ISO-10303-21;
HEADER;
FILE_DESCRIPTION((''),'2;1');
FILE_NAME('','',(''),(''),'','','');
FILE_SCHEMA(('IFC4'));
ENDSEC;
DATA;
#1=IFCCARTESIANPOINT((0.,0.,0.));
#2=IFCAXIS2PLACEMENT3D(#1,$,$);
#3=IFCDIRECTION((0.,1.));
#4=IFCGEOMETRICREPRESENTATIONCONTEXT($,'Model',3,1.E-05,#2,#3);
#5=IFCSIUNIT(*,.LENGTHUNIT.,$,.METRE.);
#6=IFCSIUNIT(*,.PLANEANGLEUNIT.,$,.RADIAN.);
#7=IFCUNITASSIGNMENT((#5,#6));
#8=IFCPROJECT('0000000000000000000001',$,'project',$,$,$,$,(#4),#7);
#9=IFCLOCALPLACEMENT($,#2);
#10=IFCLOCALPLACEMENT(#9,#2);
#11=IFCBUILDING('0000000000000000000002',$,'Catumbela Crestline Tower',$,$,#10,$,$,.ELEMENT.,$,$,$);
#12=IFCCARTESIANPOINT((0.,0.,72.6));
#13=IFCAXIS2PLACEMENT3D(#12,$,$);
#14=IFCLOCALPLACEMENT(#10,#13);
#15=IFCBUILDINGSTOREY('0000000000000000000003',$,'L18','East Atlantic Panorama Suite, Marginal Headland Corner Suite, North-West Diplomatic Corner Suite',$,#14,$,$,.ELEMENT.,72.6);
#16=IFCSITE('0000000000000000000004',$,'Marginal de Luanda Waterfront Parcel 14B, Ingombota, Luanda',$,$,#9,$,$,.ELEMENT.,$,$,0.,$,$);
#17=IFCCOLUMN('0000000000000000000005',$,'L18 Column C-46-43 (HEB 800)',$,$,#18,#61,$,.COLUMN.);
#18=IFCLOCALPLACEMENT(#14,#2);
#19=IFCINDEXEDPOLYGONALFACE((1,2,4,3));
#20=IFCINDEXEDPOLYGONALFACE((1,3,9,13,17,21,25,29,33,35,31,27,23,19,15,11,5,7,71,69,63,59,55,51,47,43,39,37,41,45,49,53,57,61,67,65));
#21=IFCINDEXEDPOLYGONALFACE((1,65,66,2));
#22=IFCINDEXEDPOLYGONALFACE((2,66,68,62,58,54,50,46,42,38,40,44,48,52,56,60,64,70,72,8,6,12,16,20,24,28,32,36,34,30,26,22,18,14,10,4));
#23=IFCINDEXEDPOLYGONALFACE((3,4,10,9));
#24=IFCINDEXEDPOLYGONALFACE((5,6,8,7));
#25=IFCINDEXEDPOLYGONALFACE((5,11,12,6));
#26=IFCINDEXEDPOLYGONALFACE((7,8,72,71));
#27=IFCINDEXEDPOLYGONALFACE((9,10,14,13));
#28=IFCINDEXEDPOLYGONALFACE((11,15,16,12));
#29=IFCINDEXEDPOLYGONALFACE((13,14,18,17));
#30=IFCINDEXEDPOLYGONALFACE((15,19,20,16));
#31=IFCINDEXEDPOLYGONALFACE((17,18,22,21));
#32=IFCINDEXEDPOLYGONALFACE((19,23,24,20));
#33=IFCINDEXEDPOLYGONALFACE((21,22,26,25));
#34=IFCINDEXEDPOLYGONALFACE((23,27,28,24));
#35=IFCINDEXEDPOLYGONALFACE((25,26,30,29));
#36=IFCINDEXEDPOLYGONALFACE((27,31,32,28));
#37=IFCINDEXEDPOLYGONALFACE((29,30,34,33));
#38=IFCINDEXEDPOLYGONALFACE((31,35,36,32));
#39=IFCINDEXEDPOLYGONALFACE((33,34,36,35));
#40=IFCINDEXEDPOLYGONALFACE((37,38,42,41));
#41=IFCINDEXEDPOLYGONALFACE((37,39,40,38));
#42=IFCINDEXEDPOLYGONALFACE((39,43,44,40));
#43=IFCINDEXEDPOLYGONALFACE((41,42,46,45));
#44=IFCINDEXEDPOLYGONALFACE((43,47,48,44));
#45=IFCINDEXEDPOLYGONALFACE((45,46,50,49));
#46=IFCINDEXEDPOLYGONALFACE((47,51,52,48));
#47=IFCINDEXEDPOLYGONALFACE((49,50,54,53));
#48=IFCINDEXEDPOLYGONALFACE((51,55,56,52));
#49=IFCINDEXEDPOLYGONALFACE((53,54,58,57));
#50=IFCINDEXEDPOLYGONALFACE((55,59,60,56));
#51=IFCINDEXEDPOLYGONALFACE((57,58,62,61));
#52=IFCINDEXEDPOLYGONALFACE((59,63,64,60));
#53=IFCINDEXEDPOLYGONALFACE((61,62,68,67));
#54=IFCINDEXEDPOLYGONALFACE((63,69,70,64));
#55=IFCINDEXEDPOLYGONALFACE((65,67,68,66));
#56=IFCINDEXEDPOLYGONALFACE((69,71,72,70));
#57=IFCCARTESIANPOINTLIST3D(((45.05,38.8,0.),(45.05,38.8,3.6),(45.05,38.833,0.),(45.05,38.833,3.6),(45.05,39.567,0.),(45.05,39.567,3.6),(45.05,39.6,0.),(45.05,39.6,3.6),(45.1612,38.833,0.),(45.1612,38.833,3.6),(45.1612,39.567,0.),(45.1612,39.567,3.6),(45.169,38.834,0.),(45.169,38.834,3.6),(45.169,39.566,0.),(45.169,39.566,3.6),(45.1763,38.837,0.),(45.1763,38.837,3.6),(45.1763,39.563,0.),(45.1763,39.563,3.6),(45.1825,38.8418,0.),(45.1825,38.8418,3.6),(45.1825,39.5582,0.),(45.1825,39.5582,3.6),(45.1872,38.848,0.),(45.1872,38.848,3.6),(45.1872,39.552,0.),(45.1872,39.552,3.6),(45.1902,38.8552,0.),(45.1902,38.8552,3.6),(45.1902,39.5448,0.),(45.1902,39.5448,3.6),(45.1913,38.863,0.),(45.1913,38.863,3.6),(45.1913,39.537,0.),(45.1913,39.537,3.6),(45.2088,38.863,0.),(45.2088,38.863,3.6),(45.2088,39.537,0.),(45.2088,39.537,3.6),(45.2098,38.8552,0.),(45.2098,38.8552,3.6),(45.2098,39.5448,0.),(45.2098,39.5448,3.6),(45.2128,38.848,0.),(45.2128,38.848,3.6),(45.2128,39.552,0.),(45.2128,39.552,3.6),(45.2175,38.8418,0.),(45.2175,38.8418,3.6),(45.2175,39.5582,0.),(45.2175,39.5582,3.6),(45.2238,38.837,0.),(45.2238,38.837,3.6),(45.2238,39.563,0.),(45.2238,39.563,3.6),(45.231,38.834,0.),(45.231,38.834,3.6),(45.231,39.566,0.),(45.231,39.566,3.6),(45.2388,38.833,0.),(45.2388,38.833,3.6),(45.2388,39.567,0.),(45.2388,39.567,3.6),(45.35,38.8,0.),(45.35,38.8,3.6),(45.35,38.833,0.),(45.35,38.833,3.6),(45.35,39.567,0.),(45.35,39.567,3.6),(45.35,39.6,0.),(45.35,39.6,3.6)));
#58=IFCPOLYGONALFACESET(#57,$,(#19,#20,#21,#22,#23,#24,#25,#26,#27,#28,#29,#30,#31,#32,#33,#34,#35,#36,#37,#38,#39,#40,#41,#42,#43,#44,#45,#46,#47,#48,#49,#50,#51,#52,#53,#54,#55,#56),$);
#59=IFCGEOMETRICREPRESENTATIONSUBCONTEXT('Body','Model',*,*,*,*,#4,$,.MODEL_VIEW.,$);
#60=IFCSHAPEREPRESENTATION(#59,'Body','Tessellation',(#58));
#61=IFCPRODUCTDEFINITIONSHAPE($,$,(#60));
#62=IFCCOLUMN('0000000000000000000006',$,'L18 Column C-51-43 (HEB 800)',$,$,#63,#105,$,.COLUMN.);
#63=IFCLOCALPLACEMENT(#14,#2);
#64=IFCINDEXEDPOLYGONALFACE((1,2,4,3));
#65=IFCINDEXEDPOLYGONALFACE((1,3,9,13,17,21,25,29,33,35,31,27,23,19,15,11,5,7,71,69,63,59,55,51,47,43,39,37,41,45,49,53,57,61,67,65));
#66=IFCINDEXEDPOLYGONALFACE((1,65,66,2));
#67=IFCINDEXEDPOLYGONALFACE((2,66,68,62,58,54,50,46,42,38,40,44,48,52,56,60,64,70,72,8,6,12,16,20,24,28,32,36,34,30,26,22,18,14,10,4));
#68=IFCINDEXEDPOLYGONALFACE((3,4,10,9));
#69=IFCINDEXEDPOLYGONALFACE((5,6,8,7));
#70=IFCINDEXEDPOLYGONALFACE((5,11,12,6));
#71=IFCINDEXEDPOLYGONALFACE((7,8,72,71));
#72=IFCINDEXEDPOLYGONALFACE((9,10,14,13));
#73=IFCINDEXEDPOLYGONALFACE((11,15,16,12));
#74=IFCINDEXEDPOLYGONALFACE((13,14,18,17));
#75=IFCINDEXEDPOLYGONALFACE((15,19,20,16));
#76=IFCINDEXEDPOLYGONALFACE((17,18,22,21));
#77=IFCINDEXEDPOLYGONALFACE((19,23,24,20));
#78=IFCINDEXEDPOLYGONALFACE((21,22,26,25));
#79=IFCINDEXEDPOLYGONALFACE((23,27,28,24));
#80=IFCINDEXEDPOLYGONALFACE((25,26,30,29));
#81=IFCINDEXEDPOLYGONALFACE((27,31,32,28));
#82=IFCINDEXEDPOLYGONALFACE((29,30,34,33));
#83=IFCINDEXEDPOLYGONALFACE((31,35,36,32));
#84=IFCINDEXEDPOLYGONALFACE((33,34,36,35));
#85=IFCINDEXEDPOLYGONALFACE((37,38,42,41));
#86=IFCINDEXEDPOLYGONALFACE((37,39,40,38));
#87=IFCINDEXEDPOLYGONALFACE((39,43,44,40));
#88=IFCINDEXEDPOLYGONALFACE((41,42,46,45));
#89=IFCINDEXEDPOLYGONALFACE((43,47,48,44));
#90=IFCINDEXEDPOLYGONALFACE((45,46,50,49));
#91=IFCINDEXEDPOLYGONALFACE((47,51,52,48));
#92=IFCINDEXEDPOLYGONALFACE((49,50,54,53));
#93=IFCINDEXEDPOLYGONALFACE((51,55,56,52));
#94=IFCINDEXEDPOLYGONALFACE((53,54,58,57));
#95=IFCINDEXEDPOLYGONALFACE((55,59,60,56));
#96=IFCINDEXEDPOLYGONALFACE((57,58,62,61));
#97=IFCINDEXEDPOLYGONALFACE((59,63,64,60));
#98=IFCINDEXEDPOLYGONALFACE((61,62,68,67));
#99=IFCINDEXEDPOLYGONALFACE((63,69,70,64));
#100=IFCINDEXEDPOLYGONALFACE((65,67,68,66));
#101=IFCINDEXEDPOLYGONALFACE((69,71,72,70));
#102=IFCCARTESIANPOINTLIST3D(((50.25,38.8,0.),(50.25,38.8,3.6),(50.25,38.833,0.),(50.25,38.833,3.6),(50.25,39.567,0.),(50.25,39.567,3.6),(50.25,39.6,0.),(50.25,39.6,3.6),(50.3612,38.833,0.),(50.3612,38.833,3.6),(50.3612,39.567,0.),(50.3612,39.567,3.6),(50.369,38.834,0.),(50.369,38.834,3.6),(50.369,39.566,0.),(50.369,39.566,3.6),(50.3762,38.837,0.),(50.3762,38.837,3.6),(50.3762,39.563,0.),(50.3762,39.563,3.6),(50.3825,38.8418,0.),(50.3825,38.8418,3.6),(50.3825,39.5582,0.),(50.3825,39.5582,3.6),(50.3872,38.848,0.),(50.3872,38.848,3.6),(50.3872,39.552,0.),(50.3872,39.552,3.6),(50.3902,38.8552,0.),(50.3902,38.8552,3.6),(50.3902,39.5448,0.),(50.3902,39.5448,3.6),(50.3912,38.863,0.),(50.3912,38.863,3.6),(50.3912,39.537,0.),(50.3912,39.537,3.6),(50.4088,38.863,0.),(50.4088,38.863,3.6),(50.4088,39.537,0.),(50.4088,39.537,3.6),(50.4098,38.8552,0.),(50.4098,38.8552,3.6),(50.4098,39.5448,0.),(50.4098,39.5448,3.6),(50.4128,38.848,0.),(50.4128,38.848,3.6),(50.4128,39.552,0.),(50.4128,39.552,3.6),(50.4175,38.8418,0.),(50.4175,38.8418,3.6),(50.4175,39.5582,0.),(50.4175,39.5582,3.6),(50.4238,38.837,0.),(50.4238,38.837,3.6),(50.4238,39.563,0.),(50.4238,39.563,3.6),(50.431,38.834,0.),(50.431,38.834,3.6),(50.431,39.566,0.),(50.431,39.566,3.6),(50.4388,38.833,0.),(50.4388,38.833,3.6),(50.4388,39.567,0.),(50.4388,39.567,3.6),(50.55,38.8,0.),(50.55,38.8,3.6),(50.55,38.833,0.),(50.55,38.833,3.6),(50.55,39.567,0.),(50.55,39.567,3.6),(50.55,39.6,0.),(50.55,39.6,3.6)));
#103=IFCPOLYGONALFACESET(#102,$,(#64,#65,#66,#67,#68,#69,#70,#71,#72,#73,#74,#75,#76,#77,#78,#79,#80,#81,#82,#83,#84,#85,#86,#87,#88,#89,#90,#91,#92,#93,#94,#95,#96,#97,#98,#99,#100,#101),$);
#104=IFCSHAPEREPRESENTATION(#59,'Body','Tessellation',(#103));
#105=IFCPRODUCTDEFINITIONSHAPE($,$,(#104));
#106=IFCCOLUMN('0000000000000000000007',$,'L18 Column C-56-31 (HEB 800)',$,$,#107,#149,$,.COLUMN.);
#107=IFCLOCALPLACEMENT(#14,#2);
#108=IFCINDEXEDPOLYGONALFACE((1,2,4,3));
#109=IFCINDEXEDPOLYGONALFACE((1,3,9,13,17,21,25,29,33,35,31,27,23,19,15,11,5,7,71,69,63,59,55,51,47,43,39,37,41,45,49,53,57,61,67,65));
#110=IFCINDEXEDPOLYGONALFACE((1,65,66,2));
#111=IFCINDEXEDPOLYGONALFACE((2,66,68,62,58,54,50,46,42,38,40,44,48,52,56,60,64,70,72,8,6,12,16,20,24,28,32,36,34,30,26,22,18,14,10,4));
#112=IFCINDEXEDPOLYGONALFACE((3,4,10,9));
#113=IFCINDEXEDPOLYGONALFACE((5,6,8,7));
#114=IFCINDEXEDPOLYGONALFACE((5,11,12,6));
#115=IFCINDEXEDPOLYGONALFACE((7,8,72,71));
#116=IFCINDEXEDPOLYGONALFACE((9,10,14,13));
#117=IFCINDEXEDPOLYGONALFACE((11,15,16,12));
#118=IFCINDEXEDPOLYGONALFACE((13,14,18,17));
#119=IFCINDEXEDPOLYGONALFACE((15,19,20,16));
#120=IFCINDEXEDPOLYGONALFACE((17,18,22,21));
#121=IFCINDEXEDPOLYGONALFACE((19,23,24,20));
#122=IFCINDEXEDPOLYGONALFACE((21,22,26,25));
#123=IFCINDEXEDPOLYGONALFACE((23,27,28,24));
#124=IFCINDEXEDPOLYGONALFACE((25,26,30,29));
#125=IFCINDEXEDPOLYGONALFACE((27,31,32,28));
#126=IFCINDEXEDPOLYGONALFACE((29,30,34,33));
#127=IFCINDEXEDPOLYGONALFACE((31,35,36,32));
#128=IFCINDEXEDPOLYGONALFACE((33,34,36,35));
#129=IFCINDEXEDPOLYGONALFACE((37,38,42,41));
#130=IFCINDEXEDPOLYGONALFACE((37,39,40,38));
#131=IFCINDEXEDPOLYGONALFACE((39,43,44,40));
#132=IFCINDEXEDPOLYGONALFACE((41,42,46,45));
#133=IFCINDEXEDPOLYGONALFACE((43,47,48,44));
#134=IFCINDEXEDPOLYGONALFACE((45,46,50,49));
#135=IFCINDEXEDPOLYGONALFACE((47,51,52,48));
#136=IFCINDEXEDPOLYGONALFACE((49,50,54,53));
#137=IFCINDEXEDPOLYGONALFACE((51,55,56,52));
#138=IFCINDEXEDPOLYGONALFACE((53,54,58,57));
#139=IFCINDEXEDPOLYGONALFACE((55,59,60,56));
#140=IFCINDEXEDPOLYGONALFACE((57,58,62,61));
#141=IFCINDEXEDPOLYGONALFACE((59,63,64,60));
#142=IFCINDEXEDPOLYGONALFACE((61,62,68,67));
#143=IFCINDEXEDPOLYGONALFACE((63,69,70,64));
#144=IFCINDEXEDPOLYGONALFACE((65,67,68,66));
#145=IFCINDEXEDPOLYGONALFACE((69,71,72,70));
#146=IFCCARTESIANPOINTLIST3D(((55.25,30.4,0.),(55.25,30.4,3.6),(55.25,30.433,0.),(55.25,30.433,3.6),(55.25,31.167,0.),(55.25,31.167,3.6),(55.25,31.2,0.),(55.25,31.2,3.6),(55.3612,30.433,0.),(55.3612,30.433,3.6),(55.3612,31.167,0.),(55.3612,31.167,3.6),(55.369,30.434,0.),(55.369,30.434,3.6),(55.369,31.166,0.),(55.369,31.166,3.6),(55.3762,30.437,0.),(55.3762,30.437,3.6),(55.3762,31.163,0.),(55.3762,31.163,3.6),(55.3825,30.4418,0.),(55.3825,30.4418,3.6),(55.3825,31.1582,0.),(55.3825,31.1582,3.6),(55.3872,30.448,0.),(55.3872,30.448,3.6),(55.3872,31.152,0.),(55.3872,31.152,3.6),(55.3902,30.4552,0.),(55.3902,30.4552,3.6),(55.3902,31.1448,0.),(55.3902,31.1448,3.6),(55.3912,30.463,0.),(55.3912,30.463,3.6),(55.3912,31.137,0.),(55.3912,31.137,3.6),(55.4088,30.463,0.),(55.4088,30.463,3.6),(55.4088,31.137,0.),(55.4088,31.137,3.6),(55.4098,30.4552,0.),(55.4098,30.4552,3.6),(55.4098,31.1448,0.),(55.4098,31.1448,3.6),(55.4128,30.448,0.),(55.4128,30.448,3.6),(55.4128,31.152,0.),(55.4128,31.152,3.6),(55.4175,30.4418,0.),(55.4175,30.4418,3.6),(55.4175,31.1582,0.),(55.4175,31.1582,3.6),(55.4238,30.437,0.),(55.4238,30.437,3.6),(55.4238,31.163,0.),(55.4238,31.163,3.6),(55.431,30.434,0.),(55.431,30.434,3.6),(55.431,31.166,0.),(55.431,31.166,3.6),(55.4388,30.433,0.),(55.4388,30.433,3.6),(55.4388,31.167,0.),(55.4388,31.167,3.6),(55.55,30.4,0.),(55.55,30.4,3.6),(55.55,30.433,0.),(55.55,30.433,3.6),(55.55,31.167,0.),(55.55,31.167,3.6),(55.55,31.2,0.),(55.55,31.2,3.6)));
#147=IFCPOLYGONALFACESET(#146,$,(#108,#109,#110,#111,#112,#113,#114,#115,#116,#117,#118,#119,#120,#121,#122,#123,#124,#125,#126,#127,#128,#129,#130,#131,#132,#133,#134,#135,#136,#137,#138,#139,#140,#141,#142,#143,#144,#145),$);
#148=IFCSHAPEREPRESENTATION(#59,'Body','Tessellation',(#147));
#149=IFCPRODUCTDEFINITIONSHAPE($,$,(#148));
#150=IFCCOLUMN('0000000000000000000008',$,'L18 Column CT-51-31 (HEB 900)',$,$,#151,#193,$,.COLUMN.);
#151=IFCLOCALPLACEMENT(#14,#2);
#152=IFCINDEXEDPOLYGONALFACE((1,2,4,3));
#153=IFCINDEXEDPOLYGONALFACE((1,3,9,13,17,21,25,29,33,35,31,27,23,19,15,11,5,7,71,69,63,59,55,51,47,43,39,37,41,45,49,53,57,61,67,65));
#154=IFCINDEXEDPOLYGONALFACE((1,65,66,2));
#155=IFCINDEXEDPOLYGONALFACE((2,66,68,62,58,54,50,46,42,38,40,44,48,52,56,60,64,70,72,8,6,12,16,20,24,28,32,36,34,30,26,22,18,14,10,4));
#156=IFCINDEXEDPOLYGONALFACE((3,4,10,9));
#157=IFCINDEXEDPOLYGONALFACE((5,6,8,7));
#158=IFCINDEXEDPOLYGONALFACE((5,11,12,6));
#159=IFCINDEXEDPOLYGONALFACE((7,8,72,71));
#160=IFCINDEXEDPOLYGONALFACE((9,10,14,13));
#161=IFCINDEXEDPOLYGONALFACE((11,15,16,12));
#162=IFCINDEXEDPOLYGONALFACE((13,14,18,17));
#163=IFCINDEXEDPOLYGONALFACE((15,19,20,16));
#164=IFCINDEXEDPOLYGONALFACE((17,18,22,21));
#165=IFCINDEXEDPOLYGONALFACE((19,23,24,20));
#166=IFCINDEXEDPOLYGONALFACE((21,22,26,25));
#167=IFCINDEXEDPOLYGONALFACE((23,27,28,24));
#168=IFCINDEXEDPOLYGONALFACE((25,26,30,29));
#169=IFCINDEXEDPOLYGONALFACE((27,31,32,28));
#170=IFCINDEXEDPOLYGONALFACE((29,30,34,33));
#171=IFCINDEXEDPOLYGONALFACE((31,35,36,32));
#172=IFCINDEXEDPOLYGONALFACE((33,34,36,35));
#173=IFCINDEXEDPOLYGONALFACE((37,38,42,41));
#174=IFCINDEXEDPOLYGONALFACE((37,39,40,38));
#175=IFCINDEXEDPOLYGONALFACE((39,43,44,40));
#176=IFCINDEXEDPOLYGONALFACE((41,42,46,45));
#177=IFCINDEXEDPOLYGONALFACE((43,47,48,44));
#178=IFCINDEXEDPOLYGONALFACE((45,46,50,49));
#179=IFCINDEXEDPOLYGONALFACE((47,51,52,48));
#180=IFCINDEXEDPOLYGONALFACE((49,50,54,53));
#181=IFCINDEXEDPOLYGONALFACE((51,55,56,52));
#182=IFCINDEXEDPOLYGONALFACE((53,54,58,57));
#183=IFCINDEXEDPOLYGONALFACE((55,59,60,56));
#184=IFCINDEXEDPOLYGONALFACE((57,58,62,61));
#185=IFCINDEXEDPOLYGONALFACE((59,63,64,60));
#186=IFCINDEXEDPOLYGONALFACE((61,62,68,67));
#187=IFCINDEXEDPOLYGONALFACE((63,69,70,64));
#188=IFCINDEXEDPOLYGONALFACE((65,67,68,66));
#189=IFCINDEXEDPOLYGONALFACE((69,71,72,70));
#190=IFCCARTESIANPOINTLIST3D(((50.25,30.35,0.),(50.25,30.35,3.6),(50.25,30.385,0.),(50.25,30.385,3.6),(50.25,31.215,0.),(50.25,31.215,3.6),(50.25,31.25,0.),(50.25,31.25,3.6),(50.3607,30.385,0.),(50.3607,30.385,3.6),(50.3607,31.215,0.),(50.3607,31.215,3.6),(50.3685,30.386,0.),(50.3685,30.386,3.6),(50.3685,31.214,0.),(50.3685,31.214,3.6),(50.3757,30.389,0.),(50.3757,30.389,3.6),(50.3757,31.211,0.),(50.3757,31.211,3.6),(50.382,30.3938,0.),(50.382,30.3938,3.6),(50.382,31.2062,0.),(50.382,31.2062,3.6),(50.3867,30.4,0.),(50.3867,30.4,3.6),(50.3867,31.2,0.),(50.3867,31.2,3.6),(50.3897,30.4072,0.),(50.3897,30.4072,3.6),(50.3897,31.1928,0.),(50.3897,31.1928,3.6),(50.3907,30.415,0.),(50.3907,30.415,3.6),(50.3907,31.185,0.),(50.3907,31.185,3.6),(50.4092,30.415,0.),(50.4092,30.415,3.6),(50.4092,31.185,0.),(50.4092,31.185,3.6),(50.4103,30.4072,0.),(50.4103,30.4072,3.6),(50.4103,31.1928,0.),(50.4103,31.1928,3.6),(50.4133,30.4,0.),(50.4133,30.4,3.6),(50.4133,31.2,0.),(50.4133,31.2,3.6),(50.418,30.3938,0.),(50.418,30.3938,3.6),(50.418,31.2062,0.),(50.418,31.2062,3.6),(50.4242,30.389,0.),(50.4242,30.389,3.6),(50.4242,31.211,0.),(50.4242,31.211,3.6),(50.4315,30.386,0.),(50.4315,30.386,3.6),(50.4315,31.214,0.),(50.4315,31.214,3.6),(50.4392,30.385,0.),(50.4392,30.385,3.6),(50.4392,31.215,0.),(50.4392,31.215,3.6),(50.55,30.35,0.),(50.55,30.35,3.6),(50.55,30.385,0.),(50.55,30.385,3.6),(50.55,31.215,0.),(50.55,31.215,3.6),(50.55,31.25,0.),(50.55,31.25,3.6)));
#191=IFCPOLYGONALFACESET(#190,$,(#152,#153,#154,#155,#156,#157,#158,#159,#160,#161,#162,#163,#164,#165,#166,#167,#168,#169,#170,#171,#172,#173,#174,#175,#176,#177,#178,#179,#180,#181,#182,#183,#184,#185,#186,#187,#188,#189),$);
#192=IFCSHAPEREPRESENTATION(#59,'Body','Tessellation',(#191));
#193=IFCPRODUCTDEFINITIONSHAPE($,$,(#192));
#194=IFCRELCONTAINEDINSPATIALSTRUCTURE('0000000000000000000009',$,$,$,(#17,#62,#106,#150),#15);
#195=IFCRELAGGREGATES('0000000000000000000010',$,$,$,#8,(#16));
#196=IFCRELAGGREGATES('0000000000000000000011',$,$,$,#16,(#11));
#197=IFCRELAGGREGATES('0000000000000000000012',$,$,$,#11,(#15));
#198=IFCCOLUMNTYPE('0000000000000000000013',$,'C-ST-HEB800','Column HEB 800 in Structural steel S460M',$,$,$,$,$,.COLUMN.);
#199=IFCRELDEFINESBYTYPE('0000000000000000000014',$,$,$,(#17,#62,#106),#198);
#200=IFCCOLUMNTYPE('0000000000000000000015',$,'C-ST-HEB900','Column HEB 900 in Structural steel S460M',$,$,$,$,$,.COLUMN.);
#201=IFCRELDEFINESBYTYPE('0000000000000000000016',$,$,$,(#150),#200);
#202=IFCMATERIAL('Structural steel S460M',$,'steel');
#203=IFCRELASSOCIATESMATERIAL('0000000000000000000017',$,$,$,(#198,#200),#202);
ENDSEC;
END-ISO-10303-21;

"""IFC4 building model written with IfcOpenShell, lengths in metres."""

from ifc_helpers import new_model, si_unit, direction, frame, origin, origin_2d, place, context, subcontext, project, spatial, i_section, extrude, material, material_profile, profile_set, type_object, element, save


model = new_model("IFC4")

# Units and contexts
model_context = context("Model", 3, precision=1e-05, world=origin(), true_north=direction((0.0, 1.0)))
body_context = subcontext(model_context, "Body", "Model", "MODEL_VIEW")
ifc_project = project(units=[si_unit("LENGTHUNIT", "METRE"), si_unit("PLANEANGLEUNIT", "RADIAN")], contexts=[model_context])

# Site, building, storey
site_placement = place(None, origin())
site = spatial("IfcSite", under=ifc_project, at=site_placement, Name="Marginal de Luanda Waterfront Parcel 14B, Ingombota, Luanda", CompositionType="ELEMENT", RefElevation=0.0)
building_placement = place(site_placement, origin())
building = spatial("IfcBuilding", under=site, at=building_placement, Name="Catumbela Crestline Tower", CompositionType="ELEMENT")
storey_placement = place(building_placement, frame((0.0, 0.0, 72.6)))
storey = spatial("IfcBuildingStorey", under=building, at=storey_placement, Name="L18", Description="East Atlantic Panorama Suite, Marginal Headland Corner Suite, North-West Diplomatic Corner Suite", CompositionType="ELEMENT", Elevation=72.6)

# Columns
ifc_material_1 = material(Name="Structural steel S460M", Category="steel")
ifc_material_profile_1 = material_profile(ifc_material_1, i_section(OverallWidth=0.3, OverallDepth=0.8, WebThickness=0.0175, FlangeThickness=0.033, FilletRadius=0.03, at=origin_2d()), Name="HEB 800")
ifc_profile_set_1 = profile_set([ifc_material_profile_1], Name="Structural steel S460M")
column_type_1 = type_object("IfcColumnType", Name="C-ST-HEB800", Description="Column HEB 800 in Structural steel S460M", PredefinedType="COLUMN", material=ifc_profile_set_1)
for number, where, z_axis, x_axis, name in (
    (1, (45.2, 39.2, 0.0), (0.0, 0.0, 1.0), (1.0, 0.0, 0.0), "L18 Column C-46-43 (HEB 800)"),
    (2, (50.4, 39.2, 0.0), (0.0, 0.0, 1.0), (1.0, 0.0, 0.0), "L18 Column C-51-43 (HEB 800)"),
    (3, (55.4, 30.8, 0.0), (0.0, 0.0, 1.0), (1.0, 0.0, 0.0), "L18 Column C-56-31 (HEB 800)"),
):
    element("IfcColumn", number, at=place(storey_placement, frame(where, z_axis=z_axis, x_axis=x_axis)), inside=storey, type_object=column_type_1, Name=name, PredefinedType="COLUMN", context=body_context, shape_type="SweptSolid", body=[
        extrude(i_section(OverallWidth=0.3, OverallDepth=0.8, WebThickness=0.0175, FlangeThickness=0.033, FilletRadius=0.03, at=origin_2d()), origin(), (0.0, 0.0, 1.0), 3.6),
    ])
ifc_material_profile_2 = material_profile(ifc_material_1, i_section(OverallWidth=0.3, OverallDepth=0.9, WebThickness=0.0185, FlangeThickness=0.035, FilletRadius=0.03, at=origin_2d()), Name="HEB 900")
ifc_profile_set_2 = profile_set([ifc_material_profile_2], Name="Structural steel S460M")
column_type_2 = type_object("IfcColumnType", Name="C-ST-HEB900", Description="Column HEB 900 in Structural steel S460M", PredefinedType="COLUMN", material=ifc_profile_set_2)
for number, where, z_axis, x_axis, name in (
    (4, (50.4, 30.8, 0.0), (0.0, 0.0, 1.0), (1.0, 0.0, 0.0), "L18 Column CT-51-31 (HEB 900)"),
):
    element("IfcColumn", number, at=place(storey_placement, frame(where, z_axis=z_axis, x_axis=x_axis)), inside=storey, type_object=column_type_2, Name=name, PredefinedType="COLUMN", context=body_context, shape_type="SweptSolid", body=[
        extrude(i_section(OverallWidth=0.3, OverallDepth=0.9, WebThickness=0.0185, FlangeThickness=0.035, FilletRadius=0.03, at=origin_2d()), origin(), (0.0, 0.0, 1.0), 3.6),
    ])

save(model, "model.ifc")
